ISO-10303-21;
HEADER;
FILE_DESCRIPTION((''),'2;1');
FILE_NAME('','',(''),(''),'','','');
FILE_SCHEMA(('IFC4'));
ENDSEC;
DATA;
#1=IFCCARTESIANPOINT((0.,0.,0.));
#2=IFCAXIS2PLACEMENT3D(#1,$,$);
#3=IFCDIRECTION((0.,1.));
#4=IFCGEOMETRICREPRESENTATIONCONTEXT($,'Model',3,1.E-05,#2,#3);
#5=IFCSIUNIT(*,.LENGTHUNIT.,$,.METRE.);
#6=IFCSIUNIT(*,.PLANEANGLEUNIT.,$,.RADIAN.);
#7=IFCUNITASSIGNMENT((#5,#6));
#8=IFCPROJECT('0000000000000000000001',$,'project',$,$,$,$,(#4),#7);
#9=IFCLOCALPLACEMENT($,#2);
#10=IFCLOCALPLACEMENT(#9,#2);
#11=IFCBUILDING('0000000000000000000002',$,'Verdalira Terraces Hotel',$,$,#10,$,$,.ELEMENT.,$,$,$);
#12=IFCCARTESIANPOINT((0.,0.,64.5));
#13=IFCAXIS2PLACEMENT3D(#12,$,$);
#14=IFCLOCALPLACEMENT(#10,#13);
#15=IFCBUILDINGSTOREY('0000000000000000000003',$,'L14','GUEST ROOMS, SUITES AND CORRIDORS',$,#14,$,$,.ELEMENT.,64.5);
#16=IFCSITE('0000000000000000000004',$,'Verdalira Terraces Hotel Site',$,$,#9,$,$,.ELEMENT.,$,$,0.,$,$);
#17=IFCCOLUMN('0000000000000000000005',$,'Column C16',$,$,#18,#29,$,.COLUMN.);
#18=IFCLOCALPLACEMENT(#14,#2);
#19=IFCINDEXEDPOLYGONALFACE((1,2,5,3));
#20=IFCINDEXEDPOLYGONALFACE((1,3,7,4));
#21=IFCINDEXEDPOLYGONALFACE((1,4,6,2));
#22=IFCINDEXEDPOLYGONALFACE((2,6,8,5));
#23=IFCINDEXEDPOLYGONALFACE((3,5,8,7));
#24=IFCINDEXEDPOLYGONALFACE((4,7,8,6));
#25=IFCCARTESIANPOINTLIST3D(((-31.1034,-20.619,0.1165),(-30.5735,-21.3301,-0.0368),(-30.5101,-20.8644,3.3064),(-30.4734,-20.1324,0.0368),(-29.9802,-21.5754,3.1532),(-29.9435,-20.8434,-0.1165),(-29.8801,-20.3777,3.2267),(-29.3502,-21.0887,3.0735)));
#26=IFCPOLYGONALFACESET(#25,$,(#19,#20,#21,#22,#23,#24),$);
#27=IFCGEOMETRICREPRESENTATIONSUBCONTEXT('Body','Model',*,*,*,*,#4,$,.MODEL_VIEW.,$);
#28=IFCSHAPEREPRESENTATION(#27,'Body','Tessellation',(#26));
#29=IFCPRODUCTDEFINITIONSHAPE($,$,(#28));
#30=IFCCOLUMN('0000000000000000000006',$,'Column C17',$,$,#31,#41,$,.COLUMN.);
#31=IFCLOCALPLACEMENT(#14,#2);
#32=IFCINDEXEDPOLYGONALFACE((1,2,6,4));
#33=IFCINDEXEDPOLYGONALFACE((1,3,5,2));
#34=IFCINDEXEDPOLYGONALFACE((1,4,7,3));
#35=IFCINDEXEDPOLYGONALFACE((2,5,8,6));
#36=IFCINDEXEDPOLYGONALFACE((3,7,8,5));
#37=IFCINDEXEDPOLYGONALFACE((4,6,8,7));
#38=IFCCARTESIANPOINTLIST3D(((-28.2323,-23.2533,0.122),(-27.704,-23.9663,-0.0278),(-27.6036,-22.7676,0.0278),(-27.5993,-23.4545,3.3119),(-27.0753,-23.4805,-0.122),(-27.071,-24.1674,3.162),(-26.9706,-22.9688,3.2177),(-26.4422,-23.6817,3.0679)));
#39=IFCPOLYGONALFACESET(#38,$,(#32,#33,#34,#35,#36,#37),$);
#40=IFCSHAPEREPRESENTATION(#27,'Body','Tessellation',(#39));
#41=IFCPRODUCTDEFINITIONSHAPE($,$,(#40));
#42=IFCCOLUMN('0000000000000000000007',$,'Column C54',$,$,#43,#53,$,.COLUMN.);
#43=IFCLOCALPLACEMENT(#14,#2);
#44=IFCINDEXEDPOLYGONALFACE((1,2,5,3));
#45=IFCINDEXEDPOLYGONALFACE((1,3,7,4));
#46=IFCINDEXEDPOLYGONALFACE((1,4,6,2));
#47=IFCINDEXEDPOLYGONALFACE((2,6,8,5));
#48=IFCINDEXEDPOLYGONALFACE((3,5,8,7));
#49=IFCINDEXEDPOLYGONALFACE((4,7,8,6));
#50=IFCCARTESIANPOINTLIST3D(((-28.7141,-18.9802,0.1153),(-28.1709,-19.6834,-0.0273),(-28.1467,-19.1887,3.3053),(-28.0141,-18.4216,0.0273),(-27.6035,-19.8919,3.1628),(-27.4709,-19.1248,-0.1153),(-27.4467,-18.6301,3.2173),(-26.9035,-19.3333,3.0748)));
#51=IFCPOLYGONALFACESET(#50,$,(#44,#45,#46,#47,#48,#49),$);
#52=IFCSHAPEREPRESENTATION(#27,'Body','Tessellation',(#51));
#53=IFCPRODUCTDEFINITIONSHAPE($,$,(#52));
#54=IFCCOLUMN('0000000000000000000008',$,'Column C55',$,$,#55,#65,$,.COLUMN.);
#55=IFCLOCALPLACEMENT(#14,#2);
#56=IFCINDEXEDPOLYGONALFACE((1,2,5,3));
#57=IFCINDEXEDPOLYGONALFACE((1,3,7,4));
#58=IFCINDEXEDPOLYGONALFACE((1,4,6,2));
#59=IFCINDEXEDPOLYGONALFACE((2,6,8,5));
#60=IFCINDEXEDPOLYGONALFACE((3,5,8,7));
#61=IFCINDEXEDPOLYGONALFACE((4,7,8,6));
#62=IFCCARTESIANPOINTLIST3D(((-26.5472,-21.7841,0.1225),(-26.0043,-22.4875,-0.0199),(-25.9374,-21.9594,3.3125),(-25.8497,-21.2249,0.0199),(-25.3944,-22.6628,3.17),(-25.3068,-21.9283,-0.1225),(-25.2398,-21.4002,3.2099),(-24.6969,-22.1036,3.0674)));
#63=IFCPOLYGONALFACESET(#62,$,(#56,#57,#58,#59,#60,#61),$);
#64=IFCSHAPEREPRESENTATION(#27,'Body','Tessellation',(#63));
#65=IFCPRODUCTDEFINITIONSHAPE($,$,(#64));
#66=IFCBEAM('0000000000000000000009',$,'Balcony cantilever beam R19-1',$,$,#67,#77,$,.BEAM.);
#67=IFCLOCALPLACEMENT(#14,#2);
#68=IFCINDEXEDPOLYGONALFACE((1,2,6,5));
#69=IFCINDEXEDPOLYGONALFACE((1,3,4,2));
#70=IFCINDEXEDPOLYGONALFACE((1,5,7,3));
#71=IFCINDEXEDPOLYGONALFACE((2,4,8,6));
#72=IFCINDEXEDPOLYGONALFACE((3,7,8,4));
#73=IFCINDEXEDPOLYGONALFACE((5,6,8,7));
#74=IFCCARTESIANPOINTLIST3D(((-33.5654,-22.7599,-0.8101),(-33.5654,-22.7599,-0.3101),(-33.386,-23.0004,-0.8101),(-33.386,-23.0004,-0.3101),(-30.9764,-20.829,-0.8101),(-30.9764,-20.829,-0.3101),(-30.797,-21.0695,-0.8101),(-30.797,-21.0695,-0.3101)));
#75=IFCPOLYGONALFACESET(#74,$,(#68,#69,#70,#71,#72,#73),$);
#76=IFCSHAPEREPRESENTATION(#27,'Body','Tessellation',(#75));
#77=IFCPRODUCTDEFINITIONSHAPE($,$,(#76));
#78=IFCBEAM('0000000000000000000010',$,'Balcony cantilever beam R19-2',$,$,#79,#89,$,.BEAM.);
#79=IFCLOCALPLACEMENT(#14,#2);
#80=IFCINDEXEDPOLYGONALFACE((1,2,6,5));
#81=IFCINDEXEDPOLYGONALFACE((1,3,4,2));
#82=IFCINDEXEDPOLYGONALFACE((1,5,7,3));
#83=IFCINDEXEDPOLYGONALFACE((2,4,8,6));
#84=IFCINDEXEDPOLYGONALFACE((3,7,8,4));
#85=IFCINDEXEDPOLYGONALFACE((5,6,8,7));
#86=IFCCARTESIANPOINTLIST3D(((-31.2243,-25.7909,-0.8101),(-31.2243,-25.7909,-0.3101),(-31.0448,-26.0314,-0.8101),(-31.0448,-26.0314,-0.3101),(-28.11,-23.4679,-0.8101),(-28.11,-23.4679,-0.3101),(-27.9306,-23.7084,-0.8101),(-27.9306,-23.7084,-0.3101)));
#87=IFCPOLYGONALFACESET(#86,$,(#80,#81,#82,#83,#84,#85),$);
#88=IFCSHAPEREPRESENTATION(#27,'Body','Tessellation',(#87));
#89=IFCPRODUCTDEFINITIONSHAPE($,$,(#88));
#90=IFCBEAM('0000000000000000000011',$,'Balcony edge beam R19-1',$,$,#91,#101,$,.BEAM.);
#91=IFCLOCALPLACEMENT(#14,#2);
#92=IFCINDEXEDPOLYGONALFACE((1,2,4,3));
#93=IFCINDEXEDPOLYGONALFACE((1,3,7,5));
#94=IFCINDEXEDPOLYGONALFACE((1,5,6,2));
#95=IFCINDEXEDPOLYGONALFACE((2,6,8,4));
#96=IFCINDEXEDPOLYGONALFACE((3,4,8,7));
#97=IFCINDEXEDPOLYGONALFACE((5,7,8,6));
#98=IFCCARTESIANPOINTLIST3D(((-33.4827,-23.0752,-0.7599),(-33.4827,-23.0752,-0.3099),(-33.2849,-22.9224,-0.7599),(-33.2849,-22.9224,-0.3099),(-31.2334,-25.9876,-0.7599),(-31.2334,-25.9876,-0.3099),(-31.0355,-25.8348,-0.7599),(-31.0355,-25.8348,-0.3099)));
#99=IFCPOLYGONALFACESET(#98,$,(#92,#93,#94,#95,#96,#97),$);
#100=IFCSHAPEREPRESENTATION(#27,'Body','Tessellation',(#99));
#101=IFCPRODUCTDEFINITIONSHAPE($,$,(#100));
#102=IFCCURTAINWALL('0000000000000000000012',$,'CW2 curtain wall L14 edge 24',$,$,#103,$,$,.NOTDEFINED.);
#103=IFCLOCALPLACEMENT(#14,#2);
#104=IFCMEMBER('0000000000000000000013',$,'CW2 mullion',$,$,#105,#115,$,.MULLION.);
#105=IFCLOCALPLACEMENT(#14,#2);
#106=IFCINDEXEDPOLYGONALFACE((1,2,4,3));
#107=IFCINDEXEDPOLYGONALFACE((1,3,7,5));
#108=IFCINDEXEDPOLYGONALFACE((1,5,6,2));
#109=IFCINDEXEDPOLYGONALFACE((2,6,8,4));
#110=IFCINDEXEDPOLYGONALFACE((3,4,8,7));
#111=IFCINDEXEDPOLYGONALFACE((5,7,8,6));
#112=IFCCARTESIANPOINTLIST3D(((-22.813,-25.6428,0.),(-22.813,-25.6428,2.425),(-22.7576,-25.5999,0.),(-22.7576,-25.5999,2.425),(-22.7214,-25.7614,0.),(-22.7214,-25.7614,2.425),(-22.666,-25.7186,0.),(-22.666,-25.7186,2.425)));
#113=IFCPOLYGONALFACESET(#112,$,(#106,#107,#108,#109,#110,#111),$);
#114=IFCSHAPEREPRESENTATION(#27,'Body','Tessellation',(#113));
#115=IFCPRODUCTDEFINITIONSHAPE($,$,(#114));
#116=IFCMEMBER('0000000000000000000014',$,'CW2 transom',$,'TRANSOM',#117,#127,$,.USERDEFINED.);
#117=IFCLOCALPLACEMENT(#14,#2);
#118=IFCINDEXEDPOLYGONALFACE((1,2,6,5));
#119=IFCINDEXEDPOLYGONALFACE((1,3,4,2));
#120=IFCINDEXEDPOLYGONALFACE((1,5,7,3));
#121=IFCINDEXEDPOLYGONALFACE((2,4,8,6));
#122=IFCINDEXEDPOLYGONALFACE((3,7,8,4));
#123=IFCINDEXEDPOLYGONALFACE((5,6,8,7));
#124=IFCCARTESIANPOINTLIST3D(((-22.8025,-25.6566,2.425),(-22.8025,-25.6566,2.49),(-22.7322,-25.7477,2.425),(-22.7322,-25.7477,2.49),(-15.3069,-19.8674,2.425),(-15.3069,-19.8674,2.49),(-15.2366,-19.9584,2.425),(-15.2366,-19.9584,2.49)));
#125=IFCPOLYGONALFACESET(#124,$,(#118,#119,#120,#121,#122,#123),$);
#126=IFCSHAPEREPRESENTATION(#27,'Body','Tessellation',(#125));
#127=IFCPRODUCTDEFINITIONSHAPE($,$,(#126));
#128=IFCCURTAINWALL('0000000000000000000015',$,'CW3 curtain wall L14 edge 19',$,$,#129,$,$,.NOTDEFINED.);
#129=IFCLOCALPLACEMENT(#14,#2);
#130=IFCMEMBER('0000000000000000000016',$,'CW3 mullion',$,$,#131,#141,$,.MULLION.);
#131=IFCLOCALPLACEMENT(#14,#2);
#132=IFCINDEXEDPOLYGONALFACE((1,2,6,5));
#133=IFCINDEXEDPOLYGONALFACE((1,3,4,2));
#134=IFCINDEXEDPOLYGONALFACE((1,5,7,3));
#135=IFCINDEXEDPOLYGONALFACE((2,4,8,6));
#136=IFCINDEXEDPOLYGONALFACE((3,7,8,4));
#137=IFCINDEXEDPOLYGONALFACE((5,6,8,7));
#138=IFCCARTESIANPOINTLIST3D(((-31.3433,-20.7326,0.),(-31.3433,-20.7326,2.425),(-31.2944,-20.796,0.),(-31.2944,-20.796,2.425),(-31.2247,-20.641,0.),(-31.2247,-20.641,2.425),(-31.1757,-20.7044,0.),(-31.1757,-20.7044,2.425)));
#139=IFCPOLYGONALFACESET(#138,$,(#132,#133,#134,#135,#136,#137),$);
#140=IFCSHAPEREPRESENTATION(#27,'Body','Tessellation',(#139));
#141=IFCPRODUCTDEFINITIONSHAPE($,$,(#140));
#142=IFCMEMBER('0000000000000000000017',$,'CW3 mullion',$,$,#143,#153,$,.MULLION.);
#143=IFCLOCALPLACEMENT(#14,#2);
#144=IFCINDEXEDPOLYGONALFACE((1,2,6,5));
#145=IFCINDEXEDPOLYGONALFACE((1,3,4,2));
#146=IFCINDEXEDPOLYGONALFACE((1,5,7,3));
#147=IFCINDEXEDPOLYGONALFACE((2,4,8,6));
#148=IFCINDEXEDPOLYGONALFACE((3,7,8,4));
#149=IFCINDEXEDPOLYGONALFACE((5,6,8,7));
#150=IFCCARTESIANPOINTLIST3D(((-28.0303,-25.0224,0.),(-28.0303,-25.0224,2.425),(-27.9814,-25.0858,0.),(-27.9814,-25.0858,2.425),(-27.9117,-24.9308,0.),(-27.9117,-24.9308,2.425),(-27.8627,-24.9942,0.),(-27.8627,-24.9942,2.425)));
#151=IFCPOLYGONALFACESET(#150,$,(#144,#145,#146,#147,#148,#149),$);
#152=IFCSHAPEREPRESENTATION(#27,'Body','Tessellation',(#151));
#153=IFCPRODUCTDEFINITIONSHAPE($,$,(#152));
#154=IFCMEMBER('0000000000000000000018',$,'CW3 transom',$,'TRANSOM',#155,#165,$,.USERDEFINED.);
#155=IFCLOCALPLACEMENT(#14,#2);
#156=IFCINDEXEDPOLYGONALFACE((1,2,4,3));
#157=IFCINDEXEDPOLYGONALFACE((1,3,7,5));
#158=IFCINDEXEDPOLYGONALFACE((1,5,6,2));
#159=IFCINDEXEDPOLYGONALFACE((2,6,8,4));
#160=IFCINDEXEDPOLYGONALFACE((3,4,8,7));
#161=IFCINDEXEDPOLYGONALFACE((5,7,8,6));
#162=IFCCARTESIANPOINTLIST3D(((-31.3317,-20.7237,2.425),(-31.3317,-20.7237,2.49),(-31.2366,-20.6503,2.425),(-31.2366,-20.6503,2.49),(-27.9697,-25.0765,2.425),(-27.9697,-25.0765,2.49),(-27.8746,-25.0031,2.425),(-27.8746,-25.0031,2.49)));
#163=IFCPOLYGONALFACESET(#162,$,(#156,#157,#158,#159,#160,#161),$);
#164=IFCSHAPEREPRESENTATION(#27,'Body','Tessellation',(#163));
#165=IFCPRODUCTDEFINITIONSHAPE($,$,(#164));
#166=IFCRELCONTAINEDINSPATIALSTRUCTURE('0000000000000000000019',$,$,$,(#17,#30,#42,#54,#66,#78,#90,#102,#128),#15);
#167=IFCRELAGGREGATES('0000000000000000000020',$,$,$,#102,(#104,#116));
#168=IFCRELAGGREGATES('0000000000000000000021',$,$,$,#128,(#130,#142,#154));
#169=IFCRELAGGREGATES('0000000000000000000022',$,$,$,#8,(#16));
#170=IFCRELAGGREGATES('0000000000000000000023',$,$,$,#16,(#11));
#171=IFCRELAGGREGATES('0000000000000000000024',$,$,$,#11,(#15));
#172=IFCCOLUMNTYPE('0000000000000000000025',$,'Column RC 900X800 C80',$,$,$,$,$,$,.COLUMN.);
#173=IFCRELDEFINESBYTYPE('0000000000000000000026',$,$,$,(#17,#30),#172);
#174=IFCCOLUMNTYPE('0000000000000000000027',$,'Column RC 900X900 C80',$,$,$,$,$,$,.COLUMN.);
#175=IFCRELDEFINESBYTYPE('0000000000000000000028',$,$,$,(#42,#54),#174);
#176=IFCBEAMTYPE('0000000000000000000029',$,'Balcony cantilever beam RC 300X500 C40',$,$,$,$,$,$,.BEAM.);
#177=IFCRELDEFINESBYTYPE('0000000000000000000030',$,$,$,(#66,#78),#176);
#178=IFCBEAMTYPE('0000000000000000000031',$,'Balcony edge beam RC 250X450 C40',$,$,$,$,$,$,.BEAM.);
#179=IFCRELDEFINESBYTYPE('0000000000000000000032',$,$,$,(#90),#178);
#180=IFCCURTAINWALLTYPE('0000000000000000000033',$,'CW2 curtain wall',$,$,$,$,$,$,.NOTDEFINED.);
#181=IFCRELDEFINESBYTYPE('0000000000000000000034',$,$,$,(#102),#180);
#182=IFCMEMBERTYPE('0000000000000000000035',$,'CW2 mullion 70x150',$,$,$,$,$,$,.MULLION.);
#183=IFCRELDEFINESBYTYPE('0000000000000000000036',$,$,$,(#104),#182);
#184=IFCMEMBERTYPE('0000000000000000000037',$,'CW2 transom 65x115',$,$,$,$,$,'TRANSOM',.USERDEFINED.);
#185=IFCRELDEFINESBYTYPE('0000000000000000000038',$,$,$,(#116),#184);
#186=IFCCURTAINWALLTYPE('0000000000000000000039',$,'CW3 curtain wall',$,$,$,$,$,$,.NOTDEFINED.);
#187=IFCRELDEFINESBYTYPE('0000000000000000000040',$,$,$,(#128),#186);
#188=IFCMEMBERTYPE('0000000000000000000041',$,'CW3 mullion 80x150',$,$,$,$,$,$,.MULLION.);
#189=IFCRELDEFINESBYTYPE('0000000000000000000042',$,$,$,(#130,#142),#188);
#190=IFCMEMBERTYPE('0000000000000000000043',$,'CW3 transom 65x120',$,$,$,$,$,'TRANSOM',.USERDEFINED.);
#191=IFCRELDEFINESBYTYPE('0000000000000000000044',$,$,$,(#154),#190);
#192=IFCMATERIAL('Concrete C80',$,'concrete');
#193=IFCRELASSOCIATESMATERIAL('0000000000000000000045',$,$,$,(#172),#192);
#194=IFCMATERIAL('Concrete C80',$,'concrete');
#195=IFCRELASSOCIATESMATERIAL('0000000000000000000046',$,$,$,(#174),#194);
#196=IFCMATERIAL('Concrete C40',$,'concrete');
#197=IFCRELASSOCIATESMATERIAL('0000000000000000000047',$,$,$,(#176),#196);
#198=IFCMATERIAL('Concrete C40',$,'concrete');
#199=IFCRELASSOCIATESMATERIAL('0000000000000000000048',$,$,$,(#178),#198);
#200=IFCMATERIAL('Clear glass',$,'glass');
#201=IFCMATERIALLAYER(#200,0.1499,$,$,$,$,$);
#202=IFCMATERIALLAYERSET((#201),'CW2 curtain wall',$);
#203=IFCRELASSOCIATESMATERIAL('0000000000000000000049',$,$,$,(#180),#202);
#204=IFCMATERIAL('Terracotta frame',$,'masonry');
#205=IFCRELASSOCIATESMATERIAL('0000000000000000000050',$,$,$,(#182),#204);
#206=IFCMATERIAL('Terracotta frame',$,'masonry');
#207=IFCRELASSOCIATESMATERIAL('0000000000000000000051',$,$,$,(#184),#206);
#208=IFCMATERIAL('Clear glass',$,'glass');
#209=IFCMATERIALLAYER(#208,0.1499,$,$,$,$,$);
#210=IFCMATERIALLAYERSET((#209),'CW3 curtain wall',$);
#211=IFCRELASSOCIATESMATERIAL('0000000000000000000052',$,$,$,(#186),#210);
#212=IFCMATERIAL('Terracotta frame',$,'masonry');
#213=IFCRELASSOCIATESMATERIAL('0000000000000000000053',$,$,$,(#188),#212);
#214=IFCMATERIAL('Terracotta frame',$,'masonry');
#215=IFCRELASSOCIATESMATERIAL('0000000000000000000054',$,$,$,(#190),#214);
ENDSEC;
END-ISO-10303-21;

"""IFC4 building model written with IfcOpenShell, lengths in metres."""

from ifc_helpers import new_model, si_unit, direction, frame, origin, origin_2d, place, context, subcontext, project, spatial, rectangle, extrude, material, layer, layer_set, material_profile, profile_set, type_object, element, aggregate, save


model = new_model("IFC4")

# Units and contexts
model_context = context("Model", 3, precision=1e-05, world=origin(), true_north=direction((0.0, 1.0)))
body_context = subcontext(model_context, "Body", "Model", "MODEL_VIEW")
ifc_project = project(units=[si_unit("LENGTHUNIT", "METRE"), si_unit("PLANEANGLEUNIT", "RADIAN")], contexts=[model_context])

# Site, building, storey
site_placement = place(None, origin())
site = spatial("IfcSite", under=ifc_project, at=site_placement, Name="Verdalira Terraces Hotel Site", CompositionType="ELEMENT", RefElevation=0.0)
building_placement = place(site_placement, origin())
building = spatial("IfcBuilding", under=site, at=building_placement, Name="Verdalira Terraces Hotel", CompositionType="ELEMENT")
storey_placement = place(building_placement, frame((0.0, 0.0, 64.5)))
storey = spatial("IfcBuildingStorey", under=building, at=storey_placement, Name="L14", Description="GUEST ROOMS, SUITES AND CORRIDORS", CompositionType="ELEMENT", Elevation=64.5)

# Columns
ifc_material_1 = material(Name="Concrete C80", Category="concrete")
ifc_material_profile_1 = material_profile(ifc_material_1, rectangle(XDim=0.8999, YDim=0.8, at=origin_2d()), Name="RC 900X800")
ifc_profile_set_1 = profile_set([ifc_material_profile_1], Name="Concrete C80")
column_type_1 = type_object("IfcColumnType", Name="Column RC 900X800 C80", PredefinedType="COLUMN", material=ifc_profile_set_1)
column_1_placement = place(storey_placement, frame((-30.5234, -20.7312, 0.0), z_axis=(0.182323, -0.075405, 0.980343), x_axis=(0.588837, -0.790111, -0.170284)))
element("IfcColumn", 1, at=column_1_placement, inside=storey, type_object=column_type_1, Name="Column C16", PredefinedType="COLUMN", context=body_context, shape_type="SweptSolid", body=[
    extrude(rectangle(XDim=0.8999, YDim=0.8, at=origin_2d()), origin(), (0.0, 0.0, 1.0), 3.2539),
])
column_2_placement = place(storey_placement, frame((-27.6538, -23.3669, 0.0), z_axis=(0.194286, -0.06174, 0.979), x_axis=(0.587088, -0.792221, -0.166471)))
element("IfcColumn", 2, at=column_2_placement, inside=storey, type_object=column_type_1, Name="Column C17", PredefinedType="COLUMN", context=body_context, shape_type="SweptSolid", body=[
    extrude(rectangle(XDim=0.8999, YDim=0.8, at=origin_2d()), origin(), (0.0, 0.0, 1.0), 3.2583),
])
ifc_material_2 = material(Name="Concrete C80", Category="concrete")
ifc_material_profile_2 = material_profile(ifc_material_2, rectangle(XDim=0.8999, YDim=0.8999, at=origin_2d()), Name="RC 900X900")
ifc_profile_set_2 = profile_set([ifc_material_profile_2], Name="Concrete C80")
column_type_2 = type_object("IfcColumnType", Name="Column RC 900X900 C80", PredefinedType="COLUMN", material=ifc_profile_set_2)
column_3_placement = place(storey_placement, frame((-28.0925, -19.0525, 0.0), z_axis=(0.174756, -0.064218, 0.982515), x_axis=(-0.77789, -0.620745, 0.097788)))
element("IfcColumn", 3, at=column_3_placement, inside=storey, type_object=column_type_2, Name="Column C54", PredefinedType="COLUMN", context=body_context, shape_type="SweptSolid", body=[
    extrude(rectangle(XDim=0.8999, YDim=0.8999, at=origin_2d()), origin(), (0.0, 0.0, 1.0), 3.2468),
])
column_4_placement = place(storey_placement, frame((-25.927, -21.8562, 0.0), z_axis=(0.187509, -0.053896, 0.980783), x_axis=(-0.775137, -0.621415, 0.114045)))
element("IfcColumn", 4, at=column_4_placement, inside=storey, type_object=column_type_2, Name="Column C55", PredefinedType="COLUMN", context=body_context, shape_type="SweptSolid", body=[
    extrude(rectangle(XDim=0.8999, YDim=0.8999, at=origin_2d()), origin(), (0.0, 0.0, 1.0), 3.2524),
])

# Beams
ifc_material_3 = material(Name="Concrete C40", Category="concrete")
ifc_material_profile_3 = material_profile(ifc_material_3, rectangle(XDim=0.3, YDim=0.5, at=origin_2d()), Name="RC 300X500")
ifc_profile_set_3 = profile_set([ifc_material_profile_3], Name="Concrete C40")
beam_type_1 = type_object("IfcBeamType", Name="Balcony cantilever beam RC 300X500 C40", PredefinedType="BEAM", material=ifc_profile_set_3)
beam_1_placement = place(storey_placement, frame((-30.8867, -20.9492, -0.5601), z_axis=(-0.801594, -0.597869, 0.0), x_axis=(0.597869, -0.801594, 0.0)))
element("IfcBeam", 5, at=beam_1_placement, inside=storey, type_object=beam_type_1, Name="Balcony cantilever beam R19-1", PredefinedType="BEAM", context=body_context, shape_type="SweptSolid", body=[
    extrude(rectangle(XDim=0.3, YDim=0.5, at=origin_2d()), origin(), (0.0, 0.0, 1.0), 3.2297),
])
beam_2_placement = place(storey_placement, frame((-28.0203, -23.5881, -0.5601), z_axis=(-0.801566, -0.597907, 0.0), x_axis=(0.597907, -0.801566, 0.0)))
element("IfcBeam", 6, at=beam_2_placement, inside=storey, type_object=beam_type_1, Name="Balcony cantilever beam R19-2", PredefinedType="BEAM", context=body_context, shape_type="SweptSolid", body=[
    extrude(rectangle(XDim=0.3, YDim=0.5, at=origin_2d()), origin(), (0.0, 0.0, 1.0), 3.8853),
])
ifc_material_4 = material(Name="Concrete C40", Category="concrete")
ifc_material_profile_4 = material_profile(ifc_material_4, rectangle(XDim=0.25, YDim=0.45, at=origin_2d()), Name="RC 250X450")
ifc_profile_set_4 = profile_set([ifc_material_profile_4], Name="Concrete C40")
beam_type_2 = type_object("IfcBeamType", Name="Balcony edge beam RC 250X450 C40", PredefinedType="BEAM", material=ifc_profile_set_4)
beam_3_placement = place(storey_placement, frame((-33.3838, -22.9988, -0.5349), z_axis=(0.611245, -0.791441, 0.0), x_axis=(0.791441, 0.611245, 0.0)))
element("IfcBeam", 7, at=beam_3_placement, inside=storey, type_object=beam_type_2, Name="Balcony edge beam R19-1", PredefinedType="BEAM", context=body_context, shape_type="SweptSolid", body=[
    extrude(rectangle(XDim=0.25, YDim=0.45, at=origin_2d()), origin(), (0.0, 0.0, 1.0), 3.6799),
])

# Curtain walls, members
ifc_material_5 = material(Name="Clear glass", Category="glass")
ifc_layer_1 = layer(ifc_material_5, 0.1499)
ifc_layer_set_1 = layer_set([ifc_layer_1], Name="CW2 curtain wall")
curtain_wall_type_1 = type_object("IfcCurtainWallType", Name="CW2 curtain wall", PredefinedType="NOTDEFINED", material=ifc_layer_set_1)
curtain_wall_1_placement = place(storey_placement, origin())
curtain_wall_1 = element("IfcCurtainWall", 8, at=curtain_wall_1_placement, inside=storey, type_object=curtain_wall_type_1, Name="CW2 curtain wall L14 edge 24", PredefinedType="NOTDEFINED")
ifc_material_6 = material(Name="Terracotta frame", Category="masonry")
ifc_material_profile_5 = material_profile(ifc_material_6, rectangle(XDim=0.0701, YDim=0.1499, at=origin_2d()), Name="MU 70x150")
ifc_profile_set_5 = profile_set([ifc_material_profile_5], Name="Terracotta frame")
member_type_1 = type_object("IfcMemberType", Name="CW2 mullion 70x150", PredefinedType="MULLION", material=ifc_profile_set_5)
member_1_placement = place(storey_placement, frame((-22.7395, -25.6807, 0.0), z_axis=(0.0, 0.0, 1.0), x_axis=(0.791437, 0.611251, 0.0)))
member_1 = element("IfcMember", 9, at=member_1_placement, type_object=member_type_1, Name="CW2 mullion", PredefinedType="MULLION", context=body_context, shape_type="SweptSolid", body=[
    extrude(rectangle(XDim=0.0701, YDim=0.1499, at=origin_2d()), origin(), (0.0, 0.0, 1.0), 2.425),
])
ifc_material_7 = material(Name="Terracotta frame", Category="masonry")
ifc_material_profile_6 = material_profile(ifc_material_7, rectangle(XDim=0.115, YDim=0.0649, at=origin_2d()), Name="TR 65x115")
ifc_profile_set_6 = profile_set([ifc_material_profile_6], Name="Terracotta frame")
member_type_2 = type_object("IfcMemberType", Name="CW2 transom 65x115", ElementType="TRANSOM", PredefinedType="USERDEFINED", material=ifc_profile_set_6)
member_2_placement = place(storey_placement, frame((-22.7673, -25.7021, 2.4575), z_axis=(0.791426, 0.611266, 0.0), x_axis=(-0.611266, 0.791426, 0.0)))
member_2 = element("IfcMember", 10, at=member_2_placement, type_object=member_type_2, Name="CW2 transom", ObjectType="TRANSOM", PredefinedType="USERDEFINED", context=body_context, shape_type="SweptSolid", body=[
    extrude(rectangle(XDim=0.115, YDim=0.0649, at=origin_2d()), origin(), (0.0, 0.0, 1.0), 9.4709),
])
aggregate(curtain_wall_1, [member_1, member_2])
ifc_material_8 = material(Name="Clear glass", Category="glass")
ifc_layer_2 = layer(ifc_material_8, 0.1499)
ifc_layer_set_2 = layer_set([ifc_layer_2], Name="CW3 curtain wall")
curtain_wall_type_2 = type_object("IfcCurtainWallType", Name="CW3 curtain wall", PredefinedType="NOTDEFINED", material=ifc_layer_set_2)
curtain_wall_2_placement = place(storey_placement, origin())
curtain_wall_2 = element("IfcCurtainWall", 11, at=curtain_wall_2_placement, inside=storey, type_object=curtain_wall_type_2, Name="CW3 curtain wall L14 edge 19", PredefinedType="NOTDEFINED")
ifc_material_9 = material(Name="Terracotta frame", Category="masonry")
ifc_material_profile_7 = material_profile(ifc_material_9, rectangle(XDim=0.0801, YDim=0.1499, at=origin_2d()), Name="MU 80x150")
ifc_profile_set_7 = profile_set([ifc_material_profile_7], Name="Terracotta frame")
member_type_3 = type_object("IfcMemberType", Name="CW3 mullion 80x150", PredefinedType="MULLION", material=ifc_profile_set_7)
member_3_placement = place(storey_placement, frame((-31.2595, -20.7185, 0.0), z_axis=(0.0, 0.0, 1.0), x_axis=(0.611251, -0.791437, 0.0)))
member_3 = element("IfcMember", 12, at=member_3_placement, type_object=member_type_3, Name="CW3 mullion", PredefinedType="MULLION", context=body_context, shape_type="SweptSolid", body=[
    extrude(rectangle(XDim=0.0801, YDim=0.1499, at=origin_2d()), origin(), (0.0, 0.0, 1.0), 2.425),
])
member_4_placement = place(storey_placement, frame((-27.9465, -25.0083, 0.0), z_axis=(0.0, 0.0, 1.0), x_axis=(0.611251, -0.791437, 0.0)))
member_4 = element("IfcMember", 13, at=member_4_placement, type_object=member_type_3, Name="CW3 mullion", PredefinedType="MULLION", context=body_context, shape_type="SweptSolid", body=[
    extrude(rectangle(XDim=0.0801, YDim=0.1499, at=origin_2d()), origin(), (0.0, 0.0, 1.0), 2.425),
])
ifc_material_10 = material(Name="Terracotta frame", Category="masonry")
ifc_material_profile_8 = material_profile(ifc_material_10, rectangle(XDim=0.1201, YDim=0.0649, at=origin_2d()), Name="TR 65x120")
ifc_profile_set_8 = profile_set([ifc_material_profile_8], Name="Terracotta frame")
member_type_4 = type_object("IfcMemberType", Name="CW3 transom 65x120", ElementType="TRANSOM", PredefinedType="USERDEFINED", material=ifc_profile_set_8)
member_5_placement = place(storey_placement, frame((-31.2842, -20.687, 2.4575), z_axis=(0.611282, -0.791413, 0.0), x_axis=(0.791413, 0.611282, 0.0)))
member_5 = element("IfcMember", 14, at=member_5_placement, type_object=member_type_4, Name="CW3 transom", ObjectType="TRANSOM", PredefinedType="USERDEFINED", context=body_context, shape_type="SweptSolid", body=[
    extrude(rectangle(XDim=0.1201, YDim=0.0649, at=origin_2d()), origin(), (0.0, 0.0, 1.0), 5.5),
])

aggregate(curtain_wall_2, [member_3, member_4, member_5])

save(model, "model.ifc")
